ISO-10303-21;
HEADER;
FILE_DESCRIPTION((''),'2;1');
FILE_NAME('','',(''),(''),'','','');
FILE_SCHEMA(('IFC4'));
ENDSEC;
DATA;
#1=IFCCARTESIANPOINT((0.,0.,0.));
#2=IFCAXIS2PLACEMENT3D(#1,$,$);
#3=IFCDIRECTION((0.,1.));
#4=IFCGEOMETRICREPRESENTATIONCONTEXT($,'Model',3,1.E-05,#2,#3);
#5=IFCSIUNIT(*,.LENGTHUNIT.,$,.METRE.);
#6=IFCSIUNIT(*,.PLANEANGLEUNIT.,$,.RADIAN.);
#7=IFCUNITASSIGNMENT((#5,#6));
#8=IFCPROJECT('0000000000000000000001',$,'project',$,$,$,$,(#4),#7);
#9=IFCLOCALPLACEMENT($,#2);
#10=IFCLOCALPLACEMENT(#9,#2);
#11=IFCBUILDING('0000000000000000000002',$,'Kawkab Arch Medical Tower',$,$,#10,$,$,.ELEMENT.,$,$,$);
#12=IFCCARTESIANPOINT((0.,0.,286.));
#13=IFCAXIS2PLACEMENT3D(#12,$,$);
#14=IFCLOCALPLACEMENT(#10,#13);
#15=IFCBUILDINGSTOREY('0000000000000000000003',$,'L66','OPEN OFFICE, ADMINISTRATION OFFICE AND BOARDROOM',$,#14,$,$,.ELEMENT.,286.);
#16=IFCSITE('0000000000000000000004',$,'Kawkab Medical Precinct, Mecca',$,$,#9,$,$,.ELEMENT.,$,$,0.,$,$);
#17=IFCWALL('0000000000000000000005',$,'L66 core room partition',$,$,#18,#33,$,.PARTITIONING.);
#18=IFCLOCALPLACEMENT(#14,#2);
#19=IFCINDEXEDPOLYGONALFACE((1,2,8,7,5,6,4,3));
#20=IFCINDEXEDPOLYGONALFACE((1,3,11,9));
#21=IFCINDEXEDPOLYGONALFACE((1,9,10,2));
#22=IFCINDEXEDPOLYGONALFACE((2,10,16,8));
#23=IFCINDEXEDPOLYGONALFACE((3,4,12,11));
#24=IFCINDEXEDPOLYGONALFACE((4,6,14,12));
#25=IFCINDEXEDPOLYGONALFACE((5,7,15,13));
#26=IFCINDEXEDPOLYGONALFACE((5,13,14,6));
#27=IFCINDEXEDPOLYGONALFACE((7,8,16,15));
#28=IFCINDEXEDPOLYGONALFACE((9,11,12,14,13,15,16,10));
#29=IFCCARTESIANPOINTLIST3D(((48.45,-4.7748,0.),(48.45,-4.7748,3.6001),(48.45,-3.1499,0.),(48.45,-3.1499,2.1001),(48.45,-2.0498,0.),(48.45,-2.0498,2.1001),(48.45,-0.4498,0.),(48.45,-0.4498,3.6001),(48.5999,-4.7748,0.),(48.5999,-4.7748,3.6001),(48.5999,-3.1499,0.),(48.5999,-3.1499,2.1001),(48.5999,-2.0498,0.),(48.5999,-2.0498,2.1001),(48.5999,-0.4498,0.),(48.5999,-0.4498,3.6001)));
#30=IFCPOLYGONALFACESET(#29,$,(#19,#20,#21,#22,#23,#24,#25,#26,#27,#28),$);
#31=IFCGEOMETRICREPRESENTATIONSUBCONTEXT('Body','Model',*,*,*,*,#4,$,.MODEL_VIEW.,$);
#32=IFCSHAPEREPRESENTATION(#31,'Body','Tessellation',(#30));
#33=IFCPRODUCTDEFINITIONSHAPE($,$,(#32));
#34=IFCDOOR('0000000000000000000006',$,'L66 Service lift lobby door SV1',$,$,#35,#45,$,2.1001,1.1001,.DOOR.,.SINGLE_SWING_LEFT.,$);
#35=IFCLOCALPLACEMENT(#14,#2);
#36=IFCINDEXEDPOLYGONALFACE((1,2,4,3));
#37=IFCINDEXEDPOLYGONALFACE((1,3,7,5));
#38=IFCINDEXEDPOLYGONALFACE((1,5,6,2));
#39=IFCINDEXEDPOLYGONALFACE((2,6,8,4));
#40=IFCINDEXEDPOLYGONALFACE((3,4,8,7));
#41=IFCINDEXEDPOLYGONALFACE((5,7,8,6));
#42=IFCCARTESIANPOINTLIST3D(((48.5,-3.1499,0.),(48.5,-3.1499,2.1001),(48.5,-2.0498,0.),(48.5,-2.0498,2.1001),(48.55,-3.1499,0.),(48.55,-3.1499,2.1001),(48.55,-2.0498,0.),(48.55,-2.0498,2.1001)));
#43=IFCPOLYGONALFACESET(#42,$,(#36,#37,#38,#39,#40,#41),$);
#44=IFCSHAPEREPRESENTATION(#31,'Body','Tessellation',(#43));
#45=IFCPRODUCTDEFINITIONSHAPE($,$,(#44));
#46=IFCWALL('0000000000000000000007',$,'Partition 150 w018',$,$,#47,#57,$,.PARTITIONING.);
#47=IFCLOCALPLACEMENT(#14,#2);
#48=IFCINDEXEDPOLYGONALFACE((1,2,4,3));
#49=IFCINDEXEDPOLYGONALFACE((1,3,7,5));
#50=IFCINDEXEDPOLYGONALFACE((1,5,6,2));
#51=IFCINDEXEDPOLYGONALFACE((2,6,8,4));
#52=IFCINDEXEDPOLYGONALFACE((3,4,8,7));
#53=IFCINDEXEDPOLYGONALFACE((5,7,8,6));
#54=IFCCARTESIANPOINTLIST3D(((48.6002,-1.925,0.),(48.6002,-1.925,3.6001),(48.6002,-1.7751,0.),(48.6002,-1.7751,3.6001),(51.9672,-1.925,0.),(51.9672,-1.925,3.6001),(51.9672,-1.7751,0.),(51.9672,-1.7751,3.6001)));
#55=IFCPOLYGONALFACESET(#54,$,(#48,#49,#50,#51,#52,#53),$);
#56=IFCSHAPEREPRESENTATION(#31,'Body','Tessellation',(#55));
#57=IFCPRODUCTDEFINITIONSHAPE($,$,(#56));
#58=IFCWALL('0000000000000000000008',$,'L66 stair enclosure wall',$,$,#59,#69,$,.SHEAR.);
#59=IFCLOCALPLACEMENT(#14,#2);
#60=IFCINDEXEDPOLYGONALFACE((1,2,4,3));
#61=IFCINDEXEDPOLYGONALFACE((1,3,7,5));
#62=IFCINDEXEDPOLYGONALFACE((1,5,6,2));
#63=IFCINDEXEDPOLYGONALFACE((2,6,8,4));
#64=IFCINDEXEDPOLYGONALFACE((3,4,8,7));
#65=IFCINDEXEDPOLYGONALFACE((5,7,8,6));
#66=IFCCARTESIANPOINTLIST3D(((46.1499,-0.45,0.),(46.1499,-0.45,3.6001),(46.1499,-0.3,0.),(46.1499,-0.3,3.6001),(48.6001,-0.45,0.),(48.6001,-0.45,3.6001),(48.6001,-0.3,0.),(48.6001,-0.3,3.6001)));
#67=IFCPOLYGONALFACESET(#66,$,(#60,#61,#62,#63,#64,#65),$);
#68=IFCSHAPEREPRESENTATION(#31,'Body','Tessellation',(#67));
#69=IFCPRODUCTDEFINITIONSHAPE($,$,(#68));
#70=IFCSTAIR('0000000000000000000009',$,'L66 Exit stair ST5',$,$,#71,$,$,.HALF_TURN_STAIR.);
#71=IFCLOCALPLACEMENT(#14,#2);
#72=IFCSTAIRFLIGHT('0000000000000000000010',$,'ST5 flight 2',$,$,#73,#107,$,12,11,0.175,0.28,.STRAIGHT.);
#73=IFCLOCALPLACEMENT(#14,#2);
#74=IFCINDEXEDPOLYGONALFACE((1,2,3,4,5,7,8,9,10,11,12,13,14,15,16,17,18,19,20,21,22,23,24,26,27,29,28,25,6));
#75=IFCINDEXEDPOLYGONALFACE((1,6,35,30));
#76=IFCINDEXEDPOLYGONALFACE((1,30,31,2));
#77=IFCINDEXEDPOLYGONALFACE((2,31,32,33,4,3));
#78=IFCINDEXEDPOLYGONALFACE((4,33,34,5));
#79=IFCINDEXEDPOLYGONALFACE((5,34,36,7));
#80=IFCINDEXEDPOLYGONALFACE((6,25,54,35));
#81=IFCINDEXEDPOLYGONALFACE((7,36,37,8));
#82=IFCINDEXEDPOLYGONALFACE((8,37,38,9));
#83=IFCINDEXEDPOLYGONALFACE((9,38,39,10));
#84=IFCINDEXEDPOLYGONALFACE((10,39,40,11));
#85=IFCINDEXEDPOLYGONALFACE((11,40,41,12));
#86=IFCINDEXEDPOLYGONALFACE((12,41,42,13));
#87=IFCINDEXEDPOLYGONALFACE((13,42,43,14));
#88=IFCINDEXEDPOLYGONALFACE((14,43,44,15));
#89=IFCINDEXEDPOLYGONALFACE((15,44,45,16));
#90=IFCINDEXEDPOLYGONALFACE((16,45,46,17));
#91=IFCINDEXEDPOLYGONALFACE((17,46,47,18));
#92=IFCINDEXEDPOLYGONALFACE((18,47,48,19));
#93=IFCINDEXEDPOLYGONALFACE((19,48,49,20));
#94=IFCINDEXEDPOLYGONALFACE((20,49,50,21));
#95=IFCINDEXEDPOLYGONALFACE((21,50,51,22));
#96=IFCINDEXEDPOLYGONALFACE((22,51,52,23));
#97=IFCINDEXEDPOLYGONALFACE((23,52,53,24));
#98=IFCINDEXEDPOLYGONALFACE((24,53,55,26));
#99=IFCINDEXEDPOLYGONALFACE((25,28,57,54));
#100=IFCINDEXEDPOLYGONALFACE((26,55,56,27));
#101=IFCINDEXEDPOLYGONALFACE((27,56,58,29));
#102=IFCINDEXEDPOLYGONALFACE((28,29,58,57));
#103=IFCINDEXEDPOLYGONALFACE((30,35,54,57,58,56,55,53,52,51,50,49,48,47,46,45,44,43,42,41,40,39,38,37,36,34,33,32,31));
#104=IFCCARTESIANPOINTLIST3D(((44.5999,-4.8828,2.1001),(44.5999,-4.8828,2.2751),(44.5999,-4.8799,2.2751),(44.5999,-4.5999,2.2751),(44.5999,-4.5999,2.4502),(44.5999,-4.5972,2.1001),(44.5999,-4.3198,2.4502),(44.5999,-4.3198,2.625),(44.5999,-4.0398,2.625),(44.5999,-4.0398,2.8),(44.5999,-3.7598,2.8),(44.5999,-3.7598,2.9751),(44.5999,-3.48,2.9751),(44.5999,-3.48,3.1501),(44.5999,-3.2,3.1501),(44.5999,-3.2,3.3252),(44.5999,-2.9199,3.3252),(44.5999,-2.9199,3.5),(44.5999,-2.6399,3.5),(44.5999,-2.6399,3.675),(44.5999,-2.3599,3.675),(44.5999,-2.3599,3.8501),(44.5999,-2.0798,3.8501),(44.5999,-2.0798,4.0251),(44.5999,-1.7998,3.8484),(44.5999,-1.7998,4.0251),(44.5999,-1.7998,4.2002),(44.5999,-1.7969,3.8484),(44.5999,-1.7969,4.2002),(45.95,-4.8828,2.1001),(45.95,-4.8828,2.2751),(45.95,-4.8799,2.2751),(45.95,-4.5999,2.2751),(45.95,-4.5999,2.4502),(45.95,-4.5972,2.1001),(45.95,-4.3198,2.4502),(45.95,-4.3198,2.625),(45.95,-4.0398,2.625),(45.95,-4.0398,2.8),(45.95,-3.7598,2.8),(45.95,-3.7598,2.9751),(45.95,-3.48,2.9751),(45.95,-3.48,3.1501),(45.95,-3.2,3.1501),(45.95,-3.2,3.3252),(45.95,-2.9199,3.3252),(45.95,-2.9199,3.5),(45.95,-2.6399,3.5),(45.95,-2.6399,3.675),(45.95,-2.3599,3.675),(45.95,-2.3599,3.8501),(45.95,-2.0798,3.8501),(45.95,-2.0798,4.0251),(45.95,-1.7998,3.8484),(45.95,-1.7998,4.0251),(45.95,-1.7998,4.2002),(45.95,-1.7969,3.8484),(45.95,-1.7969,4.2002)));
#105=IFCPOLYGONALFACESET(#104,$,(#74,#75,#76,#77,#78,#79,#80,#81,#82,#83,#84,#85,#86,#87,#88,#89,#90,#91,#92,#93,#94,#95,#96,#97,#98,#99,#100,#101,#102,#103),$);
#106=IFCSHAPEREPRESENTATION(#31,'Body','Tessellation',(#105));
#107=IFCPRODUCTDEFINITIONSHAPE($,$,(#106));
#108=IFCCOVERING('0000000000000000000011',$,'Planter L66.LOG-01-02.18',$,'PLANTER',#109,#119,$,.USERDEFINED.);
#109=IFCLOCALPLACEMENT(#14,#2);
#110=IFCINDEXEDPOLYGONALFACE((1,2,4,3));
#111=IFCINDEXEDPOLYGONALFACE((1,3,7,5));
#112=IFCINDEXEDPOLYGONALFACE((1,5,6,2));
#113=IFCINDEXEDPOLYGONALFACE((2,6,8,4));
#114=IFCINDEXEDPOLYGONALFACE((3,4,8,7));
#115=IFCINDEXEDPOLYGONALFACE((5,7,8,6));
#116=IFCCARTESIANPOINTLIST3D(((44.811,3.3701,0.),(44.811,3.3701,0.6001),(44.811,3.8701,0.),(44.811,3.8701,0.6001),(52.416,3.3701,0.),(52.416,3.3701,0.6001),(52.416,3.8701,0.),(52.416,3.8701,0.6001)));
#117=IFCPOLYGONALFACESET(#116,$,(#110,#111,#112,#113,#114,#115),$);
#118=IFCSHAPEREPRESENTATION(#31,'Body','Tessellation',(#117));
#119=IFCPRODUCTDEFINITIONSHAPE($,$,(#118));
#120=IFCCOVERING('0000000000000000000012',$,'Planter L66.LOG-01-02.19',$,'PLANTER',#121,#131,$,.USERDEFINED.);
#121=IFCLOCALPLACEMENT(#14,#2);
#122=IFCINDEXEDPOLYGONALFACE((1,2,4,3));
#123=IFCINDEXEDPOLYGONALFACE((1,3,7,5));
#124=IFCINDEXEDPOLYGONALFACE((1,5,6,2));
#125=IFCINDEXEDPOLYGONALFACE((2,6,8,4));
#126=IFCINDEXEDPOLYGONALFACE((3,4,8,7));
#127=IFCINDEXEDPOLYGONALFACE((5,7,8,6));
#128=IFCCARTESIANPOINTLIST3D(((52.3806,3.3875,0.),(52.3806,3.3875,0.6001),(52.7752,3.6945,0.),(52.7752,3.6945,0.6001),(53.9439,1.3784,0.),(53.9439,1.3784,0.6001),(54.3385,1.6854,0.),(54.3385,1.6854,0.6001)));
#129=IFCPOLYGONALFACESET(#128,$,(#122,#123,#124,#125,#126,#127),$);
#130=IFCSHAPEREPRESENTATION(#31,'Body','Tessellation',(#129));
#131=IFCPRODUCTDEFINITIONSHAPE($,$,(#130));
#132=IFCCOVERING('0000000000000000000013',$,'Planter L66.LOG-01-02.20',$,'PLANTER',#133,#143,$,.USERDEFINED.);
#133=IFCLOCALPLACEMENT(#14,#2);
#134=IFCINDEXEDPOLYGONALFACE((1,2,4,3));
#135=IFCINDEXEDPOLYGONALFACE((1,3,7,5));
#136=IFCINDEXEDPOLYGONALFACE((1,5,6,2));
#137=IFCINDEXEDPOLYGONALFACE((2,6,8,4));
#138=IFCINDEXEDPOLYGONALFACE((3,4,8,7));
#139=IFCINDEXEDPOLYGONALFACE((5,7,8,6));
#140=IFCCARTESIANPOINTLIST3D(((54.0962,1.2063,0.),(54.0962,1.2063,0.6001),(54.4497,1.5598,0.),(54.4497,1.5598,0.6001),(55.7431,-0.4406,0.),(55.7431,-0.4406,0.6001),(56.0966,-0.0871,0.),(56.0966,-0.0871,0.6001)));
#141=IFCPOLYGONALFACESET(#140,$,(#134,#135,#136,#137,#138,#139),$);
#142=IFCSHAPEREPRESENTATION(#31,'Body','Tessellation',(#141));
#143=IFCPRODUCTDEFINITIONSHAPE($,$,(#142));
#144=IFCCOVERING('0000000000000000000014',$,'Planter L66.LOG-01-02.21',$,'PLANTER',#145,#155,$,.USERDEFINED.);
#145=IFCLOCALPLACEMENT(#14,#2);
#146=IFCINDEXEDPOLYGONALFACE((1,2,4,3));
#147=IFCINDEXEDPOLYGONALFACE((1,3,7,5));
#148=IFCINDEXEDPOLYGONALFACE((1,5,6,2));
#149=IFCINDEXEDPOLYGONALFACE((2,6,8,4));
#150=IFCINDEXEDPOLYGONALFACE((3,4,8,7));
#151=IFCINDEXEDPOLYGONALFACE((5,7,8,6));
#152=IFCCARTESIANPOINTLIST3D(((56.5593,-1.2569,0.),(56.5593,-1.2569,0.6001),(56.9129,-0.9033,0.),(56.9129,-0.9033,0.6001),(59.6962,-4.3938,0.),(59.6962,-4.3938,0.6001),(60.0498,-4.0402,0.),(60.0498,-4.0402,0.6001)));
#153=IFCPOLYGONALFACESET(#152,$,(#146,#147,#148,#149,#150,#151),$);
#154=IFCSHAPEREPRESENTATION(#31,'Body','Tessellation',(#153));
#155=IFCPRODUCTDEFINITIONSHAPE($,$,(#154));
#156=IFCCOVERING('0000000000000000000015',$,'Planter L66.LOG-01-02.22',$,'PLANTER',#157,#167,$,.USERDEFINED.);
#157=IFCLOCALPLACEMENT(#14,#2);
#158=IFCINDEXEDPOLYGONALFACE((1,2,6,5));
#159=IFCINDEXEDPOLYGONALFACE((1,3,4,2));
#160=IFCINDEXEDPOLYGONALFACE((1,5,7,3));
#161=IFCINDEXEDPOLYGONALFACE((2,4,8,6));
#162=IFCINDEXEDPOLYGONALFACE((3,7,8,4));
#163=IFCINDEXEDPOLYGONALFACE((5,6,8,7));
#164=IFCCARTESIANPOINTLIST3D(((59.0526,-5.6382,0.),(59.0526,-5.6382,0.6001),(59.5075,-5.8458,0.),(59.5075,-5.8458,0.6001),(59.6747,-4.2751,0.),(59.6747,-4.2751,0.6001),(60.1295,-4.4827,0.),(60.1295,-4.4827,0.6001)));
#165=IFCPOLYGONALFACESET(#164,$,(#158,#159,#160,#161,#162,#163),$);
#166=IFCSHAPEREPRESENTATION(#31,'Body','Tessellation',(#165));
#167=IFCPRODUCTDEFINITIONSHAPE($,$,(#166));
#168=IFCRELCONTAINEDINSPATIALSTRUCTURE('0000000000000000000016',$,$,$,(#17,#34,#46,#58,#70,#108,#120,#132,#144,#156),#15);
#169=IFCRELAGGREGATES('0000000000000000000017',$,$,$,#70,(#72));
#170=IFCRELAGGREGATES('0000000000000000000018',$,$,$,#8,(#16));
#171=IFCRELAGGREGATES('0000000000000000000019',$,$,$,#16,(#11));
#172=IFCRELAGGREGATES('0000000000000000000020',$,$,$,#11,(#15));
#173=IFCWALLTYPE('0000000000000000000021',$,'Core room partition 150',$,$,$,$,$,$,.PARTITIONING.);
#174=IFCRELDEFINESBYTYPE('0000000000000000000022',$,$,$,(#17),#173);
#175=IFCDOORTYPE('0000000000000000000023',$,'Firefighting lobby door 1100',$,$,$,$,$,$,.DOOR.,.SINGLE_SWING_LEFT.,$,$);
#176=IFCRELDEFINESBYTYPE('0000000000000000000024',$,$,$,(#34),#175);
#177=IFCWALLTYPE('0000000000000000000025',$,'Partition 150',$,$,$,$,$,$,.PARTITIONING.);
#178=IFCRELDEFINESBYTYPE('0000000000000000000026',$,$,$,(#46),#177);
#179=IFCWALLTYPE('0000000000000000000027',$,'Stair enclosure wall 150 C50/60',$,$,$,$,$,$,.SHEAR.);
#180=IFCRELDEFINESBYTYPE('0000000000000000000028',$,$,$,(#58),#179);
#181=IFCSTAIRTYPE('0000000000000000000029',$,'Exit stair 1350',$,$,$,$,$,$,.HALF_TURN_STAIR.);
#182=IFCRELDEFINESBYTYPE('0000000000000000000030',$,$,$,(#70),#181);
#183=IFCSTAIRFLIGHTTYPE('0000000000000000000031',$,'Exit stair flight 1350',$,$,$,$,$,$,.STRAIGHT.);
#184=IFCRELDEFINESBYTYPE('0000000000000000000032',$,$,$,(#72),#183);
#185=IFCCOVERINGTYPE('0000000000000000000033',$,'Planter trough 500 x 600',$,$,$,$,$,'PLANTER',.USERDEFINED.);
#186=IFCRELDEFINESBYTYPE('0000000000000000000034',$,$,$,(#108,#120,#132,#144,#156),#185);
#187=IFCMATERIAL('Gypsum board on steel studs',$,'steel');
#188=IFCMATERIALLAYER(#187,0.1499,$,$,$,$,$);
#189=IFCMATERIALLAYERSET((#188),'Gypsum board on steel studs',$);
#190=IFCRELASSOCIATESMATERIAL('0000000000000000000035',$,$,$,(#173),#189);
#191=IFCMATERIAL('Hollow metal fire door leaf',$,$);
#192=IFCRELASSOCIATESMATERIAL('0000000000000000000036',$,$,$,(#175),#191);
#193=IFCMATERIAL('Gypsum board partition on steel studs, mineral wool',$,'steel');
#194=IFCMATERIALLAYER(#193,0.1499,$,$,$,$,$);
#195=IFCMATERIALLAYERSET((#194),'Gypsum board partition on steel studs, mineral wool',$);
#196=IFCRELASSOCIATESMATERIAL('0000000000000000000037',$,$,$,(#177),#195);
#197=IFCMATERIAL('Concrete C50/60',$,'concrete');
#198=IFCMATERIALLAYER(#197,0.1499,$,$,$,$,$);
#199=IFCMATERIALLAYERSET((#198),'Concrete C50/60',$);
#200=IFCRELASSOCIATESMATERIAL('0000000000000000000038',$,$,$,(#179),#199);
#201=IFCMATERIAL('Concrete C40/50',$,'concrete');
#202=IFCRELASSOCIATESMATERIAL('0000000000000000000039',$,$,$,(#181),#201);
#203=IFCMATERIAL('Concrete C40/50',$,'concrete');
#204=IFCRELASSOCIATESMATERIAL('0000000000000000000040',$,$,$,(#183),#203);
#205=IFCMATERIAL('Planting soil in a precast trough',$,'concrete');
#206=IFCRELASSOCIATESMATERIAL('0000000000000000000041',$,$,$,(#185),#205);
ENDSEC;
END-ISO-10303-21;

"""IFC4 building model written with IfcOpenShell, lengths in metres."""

from ifc_helpers import new_model, si_unit, direction, frame, frame_2d, origin, origin_2d, place, context, subcontext, project, spatial, polyline, rectangle, outline, extrude, material, layer, layer_set, material_profile, profile_set, type_object, element, fill, aggregate, save


model = new_model("IFC4")

# Units and contexts
model_context = context("Model", 3, precision=1e-05, world=origin(), true_north=direction((0.0, 1.0)))
body_context = subcontext(model_context, "Body", "Model", "MODEL_VIEW")
ifc_project = project(units=[si_unit("LENGTHUNIT", "METRE"), si_unit("PLANEANGLEUNIT", "RADIAN")], contexts=[model_context])

# Site, building, storey
site_placement = place(None, origin())
site = spatial("IfcSite", under=ifc_project, at=site_placement, Name="Kawkab Medical Precinct, Mecca", CompositionType="ELEMENT", RefElevation=0.0)
building_placement = place(site_placement, origin())
building = spatial("IfcBuilding", under=site, at=building_placement, Name="Kawkab Arch Medical Tower", CompositionType="ELEMENT")
storey_placement = place(building_placement, frame((0.0, 0.0, 286.0)))
storey = spatial("IfcBuildingStorey", under=building, at=storey_placement, Name="L66", Description="OPEN OFFICE, ADMINISTRATION OFFICE AND BOARDROOM", CompositionType="ELEMENT", Elevation=286.0)

# Shared definitions
placement = place(storey_placement, origin())

# Wall, opening, door
ifc_material_1 = material(Name="Gypsum board on steel studs", Category="steel")
ifc_layer_1 = layer(ifc_material_1, 0.1499)
ifc_layer_set_1 = layer_set([ifc_layer_1], Name="Gypsum board on steel studs")
wall_type_1 = type_object("IfcWallType", Name="Core room partition 150", PredefinedType="PARTITIONING", material=ifc_layer_set_1)
wall_1_placement = place(storey_placement, frame((48.5249, -4.7749, 0.0), z_axis=(0.0, 0.0, 1.0), x_axis=(0.0, 1.0, 0.0)))
wall_1 = element("IfcWall", 1, at=wall_1_placement, inside=storey, type_object=wall_type_1, Name="L66 core room partition", PredefinedType="PARTITIONING", context=body_context, shape_type="SweptSolid", body=[
    extrude(rectangle(XDim=4.325, YDim=0.1499, at=frame_2d((2.1626, 0.0))), origin(), (0.0, 0.0, 1.0), 3.6001),
])
opening_placement = place(wall_1_placement, frame((1.625, 0.0, 0.0)))
opening = element("IfcOpeningElement", 2, at=opening_placement, cuts=wall_1, PredefinedType="OPENING", context=body_context, shape_type="SweptSolid", body=[
    extrude(rectangle(XDim=1.1001, YDim=2.1001, at=frame_2d((0.55, 1.05))), frame((0.0, 0.085, 0.0), z_axis=(0.0, -1.0, 0.0), x_axis=(1.0, 0.0, 0.0)), (0.0, 0.0, 1.0), 0.1699),
])
ifc_material_2 = material(Name="Hollow metal fire door leaf")
door_type = type_object("IfcDoorType", Name="Firefighting lobby door 1100", OperationType="SINGLE_SWING_LEFT", PredefinedType="DOOR", material=ifc_material_2)
door_placement = place(opening_placement, origin())
door = element("IfcDoor", 3, at=door_placement, inside=storey, type_object=door_type, Name="L66 Service lift lobby door SV1", OperationType="SINGLE_SWING_LEFT", OverallHeight=2.1001, OverallWidth=1.1001, PredefinedType="DOOR", context=body_context, shape_type="SweptSolid", body=[
    extrude(rectangle(XDim=1.1001, YDim=2.1001, at=frame_2d((0.55, 1.05))), frame((0.0, 0.0249, 0.0), z_axis=(0.0, -1.0, 0.0), x_axis=(1.0, 0.0, 0.0)), (0.0, 0.0, 1.0), 0.05),
])
fill(opening, door)

# Walls
ifc_material_3 = material(Name="Gypsum board partition on steel studs, mineral wool", Category="steel")
ifc_layer_2 = layer(ifc_material_3, 0.1499)
ifc_layer_set_2 = layer_set([ifc_layer_2], Name="Gypsum board partition on steel studs, mineral wool")
wall_type_2 = type_object("IfcWallType", Name="Partition 150", PredefinedType="PARTITIONING", material=ifc_layer_set_2)
wall_2_placement = place(storey_placement, frame((48.6001, -1.8501, 0.0), z_axis=(0.0, 0.0, 1.0), x_axis=(1.0, 0.0, 0.0)))
element("IfcWall", 4, at=wall_2_placement, inside=storey, type_object=wall_type_2, Name="Partition 150 w018", PredefinedType="PARTITIONING", context=body_context, shape_type="SweptSolid", body=[
    extrude(rectangle(XDim=3.3669, YDim=0.1499, at=frame_2d((1.6836, 0.0))), origin(), (0.0, 0.0, 1.0), 3.6001),
])
ifc_material_4 = material(Name="Concrete C50/60", Category="concrete")
ifc_layer_3 = layer(ifc_material_4, 0.1499)
ifc_layer_set_3 = layer_set([ifc_layer_3], Name="Concrete C50/60")
wall_type_3 = type_object("IfcWallType", Name="Stair enclosure wall 150 C50/60", PredefinedType="SHEAR", material=ifc_layer_set_3)
wall_3_placement = place(storey_placement, frame((46.1499, -0.375, 0.0), z_axis=(0.0, 0.0, 1.0), x_axis=(1.0, 0.0, 0.0)))
element("IfcWall", 5, at=wall_3_placement, inside=storey, type_object=wall_type_3, Name="L66 stair enclosure wall", PredefinedType="SHEAR", context=body_context, shape_type="SweptSolid", body=[
    extrude(rectangle(XDim=2.4502, YDim=0.1499, at=frame_2d((1.2251, 0.0))), origin(), (0.0, 0.0, 1.0), 3.6001),
])

# Stair, stair flight
ifc_material_5 = material(Name="Concrete C40/50", Category="concrete")
stair_type = type_object("IfcStairType", Name="Exit stair 1350", PredefinedType="HALF_TURN_STAIR", material=ifc_material_5)
stair = element("IfcStair", 6, at=placement, inside=storey, type_object=stair_type, Name="L66 Exit stair ST5", PredefinedType="HALF_TURN_STAIR")
ifc_material_6 = material(Name="Concrete C40/50", Category="concrete")
stair_flight_type = type_object("IfcStairFlightType", Name="Exit stair flight 1350", PredefinedType="STRAIGHT", material=ifc_material_6)
stair_flight_placement = place(storey_placement, frame((45.2749, -4.8799, 2.1001), z_axis=(0.0, 0.0, 1.0), x_axis=(0.0, 1.0, 0.0)))
stair_flight = element("IfcStairFlight", 7, at=stair_flight_placement, type_object=stair_flight_type, Name="ST5 flight 2", NumberOfRisers=12, NumberOfTreads=11, PredefinedType="STRAIGHT", RiserHeight=0.175, TreadLength=0.28, context=body_context, shape_type="SweptSolid", body=[
    extrude(outline(polyline([(-0.0029, 0.0), (-0.0029, 0.175), (0.0, 0.175), (0.28, 0.175), (0.28, 0.3501), (0.5601, 0.3501), (0.5601, 0.5249), (0.8401, 0.5249), (0.8401, 0.7), (1.1201, 0.7), (1.1201, 0.875), (1.3999, 0.875), (1.3999, 1.05), (1.6799, 1.05), (1.6799, 1.2251), (1.96, 1.2251), (1.96, 1.3999), (2.24, 1.3999), (2.24, 1.575), (2.52, 1.575), (2.52, 1.75), (2.8, 1.75), (2.8, 1.925), (3.0801, 1.925), (3.0801, 2.1001), (3.083, 2.1001), (3.083, 1.7483), (3.0801, 1.7483), (0.2827, 0.0), (-0.0029, 0.0)])), frame((0.0, 0.675, 0.0), z_axis=(0.0, -1.0, 0.0), x_axis=(1.0, 0.0, 0.0)), (0.0, 0.0, 1.0), 1.3501),
])
aggregate(stair, [stair_flight])

# Coverings
ifc_material_7 = material(Name="Planting soil in a precast trough", Category="concrete")
ifc_material_profile_1 = material_profile(ifc_material_7, rectangle(XDim=0.5, YDim=0.6001, at=origin_2d()), Name="Trough 500x600")
ifc_profile_set_1 = profile_set([ifc_material_profile_1], Name="Planting soil in a precast trough")
covering_type = type_object("IfcCoveringType", Name="Planter trough 500 x 600", ElementType="PLANTER", PredefinedType="USERDEFINED", material=ifc_profile_set_1)
covering_1_placement = place(storey_placement, frame((44.811, 3.6201, 0.3), z_axis=(1.0, 0.0, 0.0), x_axis=(0.0, 1.0, 0.0)))
element("IfcCovering", 8, at=covering_1_placement, inside=storey, type_object=covering_type, Name="Planter L66.LOG-01-02.18", ObjectType="PLANTER", PredefinedType="USERDEFINED", context=body_context, shape_type="SweptSolid", body=[
    extrude(rectangle(XDim=0.5, YDim=0.6001, at=origin_2d()), origin(), (0.0, 0.0, 1.0), 7.605),
])
covering_2_placement = place(storey_placement, frame((52.5779, 3.541, 0.3), z_axis=(0.6141, -0.789228, 0.0), x_axis=(0.789228, 0.6141, 0.0)))
element("IfcCovering", 9, at=covering_2_placement, inside=storey, type_object=covering_type, Name="Planter L66.LOG-01-02.19", ObjectType="PLANTER", PredefinedType="USERDEFINED", context=body_context, shape_type="SweptSolid", body=[
    extrude(rectangle(XDim=0.5, YDim=0.6001, at=origin_2d()), origin(), (0.0, 0.0, 1.0), 2.5457),
])
covering_3_placement = place(storey_placement, frame((54.2729, 1.3831, 0.3), z_axis=(0.707107, -0.707107, 0.0), x_axis=(0.707107, 0.707107, 0.0)))
element("IfcCovering", 10, at=covering_3_placement, inside=storey, type_object=covering_type, Name="Planter L66.LOG-01-02.20", ObjectType="PLANTER", PredefinedType="USERDEFINED", context=body_context, shape_type="SweptSolid", body=[
    extrude(rectangle(XDim=0.5, YDim=0.6001, at=origin_2d()), origin(), (0.0, 0.0, 1.0), 2.3291),
])
covering_4_placement = place(storey_placement, frame((56.7361, -1.0801, 0.3), z_axis=(0.707107, -0.707107, 0.0), x_axis=(0.707107, 0.707107, 0.0)))
element("IfcCovering", 11, at=covering_4_placement, inside=storey, type_object=covering_type, Name="Planter L66.LOG-01-02.21", ObjectType="PLANTER", PredefinedType="USERDEFINED", context=body_context, shape_type="SweptSolid", body=[
    extrude(rectangle(XDim=0.5, YDim=0.6001, at=origin_2d()), origin(), (0.0, 0.0, 1.0), 4.4363),
])
covering_5_placement = place(storey_placement, frame((59.9021, -4.3789, 0.3), z_axis=(-0.41519, -0.909735, 0.0), x_axis=(0.909735, -0.41519, 0.0)))
element("IfcCovering", 12, at=covering_5_placement, inside=storey, type_object=covering_type, Name="Planter L66.LOG-01-02.22", ObjectType="PLANTER", PredefinedType="USERDEFINED", context=body_context, shape_type="SweptSolid", body=[
    extrude(rectangle(XDim=0.5, YDim=0.6001, at=origin_2d()), origin(), (0.0, 0.0, 1.0), 1.4983),
])

save(model, "model.ifc")
